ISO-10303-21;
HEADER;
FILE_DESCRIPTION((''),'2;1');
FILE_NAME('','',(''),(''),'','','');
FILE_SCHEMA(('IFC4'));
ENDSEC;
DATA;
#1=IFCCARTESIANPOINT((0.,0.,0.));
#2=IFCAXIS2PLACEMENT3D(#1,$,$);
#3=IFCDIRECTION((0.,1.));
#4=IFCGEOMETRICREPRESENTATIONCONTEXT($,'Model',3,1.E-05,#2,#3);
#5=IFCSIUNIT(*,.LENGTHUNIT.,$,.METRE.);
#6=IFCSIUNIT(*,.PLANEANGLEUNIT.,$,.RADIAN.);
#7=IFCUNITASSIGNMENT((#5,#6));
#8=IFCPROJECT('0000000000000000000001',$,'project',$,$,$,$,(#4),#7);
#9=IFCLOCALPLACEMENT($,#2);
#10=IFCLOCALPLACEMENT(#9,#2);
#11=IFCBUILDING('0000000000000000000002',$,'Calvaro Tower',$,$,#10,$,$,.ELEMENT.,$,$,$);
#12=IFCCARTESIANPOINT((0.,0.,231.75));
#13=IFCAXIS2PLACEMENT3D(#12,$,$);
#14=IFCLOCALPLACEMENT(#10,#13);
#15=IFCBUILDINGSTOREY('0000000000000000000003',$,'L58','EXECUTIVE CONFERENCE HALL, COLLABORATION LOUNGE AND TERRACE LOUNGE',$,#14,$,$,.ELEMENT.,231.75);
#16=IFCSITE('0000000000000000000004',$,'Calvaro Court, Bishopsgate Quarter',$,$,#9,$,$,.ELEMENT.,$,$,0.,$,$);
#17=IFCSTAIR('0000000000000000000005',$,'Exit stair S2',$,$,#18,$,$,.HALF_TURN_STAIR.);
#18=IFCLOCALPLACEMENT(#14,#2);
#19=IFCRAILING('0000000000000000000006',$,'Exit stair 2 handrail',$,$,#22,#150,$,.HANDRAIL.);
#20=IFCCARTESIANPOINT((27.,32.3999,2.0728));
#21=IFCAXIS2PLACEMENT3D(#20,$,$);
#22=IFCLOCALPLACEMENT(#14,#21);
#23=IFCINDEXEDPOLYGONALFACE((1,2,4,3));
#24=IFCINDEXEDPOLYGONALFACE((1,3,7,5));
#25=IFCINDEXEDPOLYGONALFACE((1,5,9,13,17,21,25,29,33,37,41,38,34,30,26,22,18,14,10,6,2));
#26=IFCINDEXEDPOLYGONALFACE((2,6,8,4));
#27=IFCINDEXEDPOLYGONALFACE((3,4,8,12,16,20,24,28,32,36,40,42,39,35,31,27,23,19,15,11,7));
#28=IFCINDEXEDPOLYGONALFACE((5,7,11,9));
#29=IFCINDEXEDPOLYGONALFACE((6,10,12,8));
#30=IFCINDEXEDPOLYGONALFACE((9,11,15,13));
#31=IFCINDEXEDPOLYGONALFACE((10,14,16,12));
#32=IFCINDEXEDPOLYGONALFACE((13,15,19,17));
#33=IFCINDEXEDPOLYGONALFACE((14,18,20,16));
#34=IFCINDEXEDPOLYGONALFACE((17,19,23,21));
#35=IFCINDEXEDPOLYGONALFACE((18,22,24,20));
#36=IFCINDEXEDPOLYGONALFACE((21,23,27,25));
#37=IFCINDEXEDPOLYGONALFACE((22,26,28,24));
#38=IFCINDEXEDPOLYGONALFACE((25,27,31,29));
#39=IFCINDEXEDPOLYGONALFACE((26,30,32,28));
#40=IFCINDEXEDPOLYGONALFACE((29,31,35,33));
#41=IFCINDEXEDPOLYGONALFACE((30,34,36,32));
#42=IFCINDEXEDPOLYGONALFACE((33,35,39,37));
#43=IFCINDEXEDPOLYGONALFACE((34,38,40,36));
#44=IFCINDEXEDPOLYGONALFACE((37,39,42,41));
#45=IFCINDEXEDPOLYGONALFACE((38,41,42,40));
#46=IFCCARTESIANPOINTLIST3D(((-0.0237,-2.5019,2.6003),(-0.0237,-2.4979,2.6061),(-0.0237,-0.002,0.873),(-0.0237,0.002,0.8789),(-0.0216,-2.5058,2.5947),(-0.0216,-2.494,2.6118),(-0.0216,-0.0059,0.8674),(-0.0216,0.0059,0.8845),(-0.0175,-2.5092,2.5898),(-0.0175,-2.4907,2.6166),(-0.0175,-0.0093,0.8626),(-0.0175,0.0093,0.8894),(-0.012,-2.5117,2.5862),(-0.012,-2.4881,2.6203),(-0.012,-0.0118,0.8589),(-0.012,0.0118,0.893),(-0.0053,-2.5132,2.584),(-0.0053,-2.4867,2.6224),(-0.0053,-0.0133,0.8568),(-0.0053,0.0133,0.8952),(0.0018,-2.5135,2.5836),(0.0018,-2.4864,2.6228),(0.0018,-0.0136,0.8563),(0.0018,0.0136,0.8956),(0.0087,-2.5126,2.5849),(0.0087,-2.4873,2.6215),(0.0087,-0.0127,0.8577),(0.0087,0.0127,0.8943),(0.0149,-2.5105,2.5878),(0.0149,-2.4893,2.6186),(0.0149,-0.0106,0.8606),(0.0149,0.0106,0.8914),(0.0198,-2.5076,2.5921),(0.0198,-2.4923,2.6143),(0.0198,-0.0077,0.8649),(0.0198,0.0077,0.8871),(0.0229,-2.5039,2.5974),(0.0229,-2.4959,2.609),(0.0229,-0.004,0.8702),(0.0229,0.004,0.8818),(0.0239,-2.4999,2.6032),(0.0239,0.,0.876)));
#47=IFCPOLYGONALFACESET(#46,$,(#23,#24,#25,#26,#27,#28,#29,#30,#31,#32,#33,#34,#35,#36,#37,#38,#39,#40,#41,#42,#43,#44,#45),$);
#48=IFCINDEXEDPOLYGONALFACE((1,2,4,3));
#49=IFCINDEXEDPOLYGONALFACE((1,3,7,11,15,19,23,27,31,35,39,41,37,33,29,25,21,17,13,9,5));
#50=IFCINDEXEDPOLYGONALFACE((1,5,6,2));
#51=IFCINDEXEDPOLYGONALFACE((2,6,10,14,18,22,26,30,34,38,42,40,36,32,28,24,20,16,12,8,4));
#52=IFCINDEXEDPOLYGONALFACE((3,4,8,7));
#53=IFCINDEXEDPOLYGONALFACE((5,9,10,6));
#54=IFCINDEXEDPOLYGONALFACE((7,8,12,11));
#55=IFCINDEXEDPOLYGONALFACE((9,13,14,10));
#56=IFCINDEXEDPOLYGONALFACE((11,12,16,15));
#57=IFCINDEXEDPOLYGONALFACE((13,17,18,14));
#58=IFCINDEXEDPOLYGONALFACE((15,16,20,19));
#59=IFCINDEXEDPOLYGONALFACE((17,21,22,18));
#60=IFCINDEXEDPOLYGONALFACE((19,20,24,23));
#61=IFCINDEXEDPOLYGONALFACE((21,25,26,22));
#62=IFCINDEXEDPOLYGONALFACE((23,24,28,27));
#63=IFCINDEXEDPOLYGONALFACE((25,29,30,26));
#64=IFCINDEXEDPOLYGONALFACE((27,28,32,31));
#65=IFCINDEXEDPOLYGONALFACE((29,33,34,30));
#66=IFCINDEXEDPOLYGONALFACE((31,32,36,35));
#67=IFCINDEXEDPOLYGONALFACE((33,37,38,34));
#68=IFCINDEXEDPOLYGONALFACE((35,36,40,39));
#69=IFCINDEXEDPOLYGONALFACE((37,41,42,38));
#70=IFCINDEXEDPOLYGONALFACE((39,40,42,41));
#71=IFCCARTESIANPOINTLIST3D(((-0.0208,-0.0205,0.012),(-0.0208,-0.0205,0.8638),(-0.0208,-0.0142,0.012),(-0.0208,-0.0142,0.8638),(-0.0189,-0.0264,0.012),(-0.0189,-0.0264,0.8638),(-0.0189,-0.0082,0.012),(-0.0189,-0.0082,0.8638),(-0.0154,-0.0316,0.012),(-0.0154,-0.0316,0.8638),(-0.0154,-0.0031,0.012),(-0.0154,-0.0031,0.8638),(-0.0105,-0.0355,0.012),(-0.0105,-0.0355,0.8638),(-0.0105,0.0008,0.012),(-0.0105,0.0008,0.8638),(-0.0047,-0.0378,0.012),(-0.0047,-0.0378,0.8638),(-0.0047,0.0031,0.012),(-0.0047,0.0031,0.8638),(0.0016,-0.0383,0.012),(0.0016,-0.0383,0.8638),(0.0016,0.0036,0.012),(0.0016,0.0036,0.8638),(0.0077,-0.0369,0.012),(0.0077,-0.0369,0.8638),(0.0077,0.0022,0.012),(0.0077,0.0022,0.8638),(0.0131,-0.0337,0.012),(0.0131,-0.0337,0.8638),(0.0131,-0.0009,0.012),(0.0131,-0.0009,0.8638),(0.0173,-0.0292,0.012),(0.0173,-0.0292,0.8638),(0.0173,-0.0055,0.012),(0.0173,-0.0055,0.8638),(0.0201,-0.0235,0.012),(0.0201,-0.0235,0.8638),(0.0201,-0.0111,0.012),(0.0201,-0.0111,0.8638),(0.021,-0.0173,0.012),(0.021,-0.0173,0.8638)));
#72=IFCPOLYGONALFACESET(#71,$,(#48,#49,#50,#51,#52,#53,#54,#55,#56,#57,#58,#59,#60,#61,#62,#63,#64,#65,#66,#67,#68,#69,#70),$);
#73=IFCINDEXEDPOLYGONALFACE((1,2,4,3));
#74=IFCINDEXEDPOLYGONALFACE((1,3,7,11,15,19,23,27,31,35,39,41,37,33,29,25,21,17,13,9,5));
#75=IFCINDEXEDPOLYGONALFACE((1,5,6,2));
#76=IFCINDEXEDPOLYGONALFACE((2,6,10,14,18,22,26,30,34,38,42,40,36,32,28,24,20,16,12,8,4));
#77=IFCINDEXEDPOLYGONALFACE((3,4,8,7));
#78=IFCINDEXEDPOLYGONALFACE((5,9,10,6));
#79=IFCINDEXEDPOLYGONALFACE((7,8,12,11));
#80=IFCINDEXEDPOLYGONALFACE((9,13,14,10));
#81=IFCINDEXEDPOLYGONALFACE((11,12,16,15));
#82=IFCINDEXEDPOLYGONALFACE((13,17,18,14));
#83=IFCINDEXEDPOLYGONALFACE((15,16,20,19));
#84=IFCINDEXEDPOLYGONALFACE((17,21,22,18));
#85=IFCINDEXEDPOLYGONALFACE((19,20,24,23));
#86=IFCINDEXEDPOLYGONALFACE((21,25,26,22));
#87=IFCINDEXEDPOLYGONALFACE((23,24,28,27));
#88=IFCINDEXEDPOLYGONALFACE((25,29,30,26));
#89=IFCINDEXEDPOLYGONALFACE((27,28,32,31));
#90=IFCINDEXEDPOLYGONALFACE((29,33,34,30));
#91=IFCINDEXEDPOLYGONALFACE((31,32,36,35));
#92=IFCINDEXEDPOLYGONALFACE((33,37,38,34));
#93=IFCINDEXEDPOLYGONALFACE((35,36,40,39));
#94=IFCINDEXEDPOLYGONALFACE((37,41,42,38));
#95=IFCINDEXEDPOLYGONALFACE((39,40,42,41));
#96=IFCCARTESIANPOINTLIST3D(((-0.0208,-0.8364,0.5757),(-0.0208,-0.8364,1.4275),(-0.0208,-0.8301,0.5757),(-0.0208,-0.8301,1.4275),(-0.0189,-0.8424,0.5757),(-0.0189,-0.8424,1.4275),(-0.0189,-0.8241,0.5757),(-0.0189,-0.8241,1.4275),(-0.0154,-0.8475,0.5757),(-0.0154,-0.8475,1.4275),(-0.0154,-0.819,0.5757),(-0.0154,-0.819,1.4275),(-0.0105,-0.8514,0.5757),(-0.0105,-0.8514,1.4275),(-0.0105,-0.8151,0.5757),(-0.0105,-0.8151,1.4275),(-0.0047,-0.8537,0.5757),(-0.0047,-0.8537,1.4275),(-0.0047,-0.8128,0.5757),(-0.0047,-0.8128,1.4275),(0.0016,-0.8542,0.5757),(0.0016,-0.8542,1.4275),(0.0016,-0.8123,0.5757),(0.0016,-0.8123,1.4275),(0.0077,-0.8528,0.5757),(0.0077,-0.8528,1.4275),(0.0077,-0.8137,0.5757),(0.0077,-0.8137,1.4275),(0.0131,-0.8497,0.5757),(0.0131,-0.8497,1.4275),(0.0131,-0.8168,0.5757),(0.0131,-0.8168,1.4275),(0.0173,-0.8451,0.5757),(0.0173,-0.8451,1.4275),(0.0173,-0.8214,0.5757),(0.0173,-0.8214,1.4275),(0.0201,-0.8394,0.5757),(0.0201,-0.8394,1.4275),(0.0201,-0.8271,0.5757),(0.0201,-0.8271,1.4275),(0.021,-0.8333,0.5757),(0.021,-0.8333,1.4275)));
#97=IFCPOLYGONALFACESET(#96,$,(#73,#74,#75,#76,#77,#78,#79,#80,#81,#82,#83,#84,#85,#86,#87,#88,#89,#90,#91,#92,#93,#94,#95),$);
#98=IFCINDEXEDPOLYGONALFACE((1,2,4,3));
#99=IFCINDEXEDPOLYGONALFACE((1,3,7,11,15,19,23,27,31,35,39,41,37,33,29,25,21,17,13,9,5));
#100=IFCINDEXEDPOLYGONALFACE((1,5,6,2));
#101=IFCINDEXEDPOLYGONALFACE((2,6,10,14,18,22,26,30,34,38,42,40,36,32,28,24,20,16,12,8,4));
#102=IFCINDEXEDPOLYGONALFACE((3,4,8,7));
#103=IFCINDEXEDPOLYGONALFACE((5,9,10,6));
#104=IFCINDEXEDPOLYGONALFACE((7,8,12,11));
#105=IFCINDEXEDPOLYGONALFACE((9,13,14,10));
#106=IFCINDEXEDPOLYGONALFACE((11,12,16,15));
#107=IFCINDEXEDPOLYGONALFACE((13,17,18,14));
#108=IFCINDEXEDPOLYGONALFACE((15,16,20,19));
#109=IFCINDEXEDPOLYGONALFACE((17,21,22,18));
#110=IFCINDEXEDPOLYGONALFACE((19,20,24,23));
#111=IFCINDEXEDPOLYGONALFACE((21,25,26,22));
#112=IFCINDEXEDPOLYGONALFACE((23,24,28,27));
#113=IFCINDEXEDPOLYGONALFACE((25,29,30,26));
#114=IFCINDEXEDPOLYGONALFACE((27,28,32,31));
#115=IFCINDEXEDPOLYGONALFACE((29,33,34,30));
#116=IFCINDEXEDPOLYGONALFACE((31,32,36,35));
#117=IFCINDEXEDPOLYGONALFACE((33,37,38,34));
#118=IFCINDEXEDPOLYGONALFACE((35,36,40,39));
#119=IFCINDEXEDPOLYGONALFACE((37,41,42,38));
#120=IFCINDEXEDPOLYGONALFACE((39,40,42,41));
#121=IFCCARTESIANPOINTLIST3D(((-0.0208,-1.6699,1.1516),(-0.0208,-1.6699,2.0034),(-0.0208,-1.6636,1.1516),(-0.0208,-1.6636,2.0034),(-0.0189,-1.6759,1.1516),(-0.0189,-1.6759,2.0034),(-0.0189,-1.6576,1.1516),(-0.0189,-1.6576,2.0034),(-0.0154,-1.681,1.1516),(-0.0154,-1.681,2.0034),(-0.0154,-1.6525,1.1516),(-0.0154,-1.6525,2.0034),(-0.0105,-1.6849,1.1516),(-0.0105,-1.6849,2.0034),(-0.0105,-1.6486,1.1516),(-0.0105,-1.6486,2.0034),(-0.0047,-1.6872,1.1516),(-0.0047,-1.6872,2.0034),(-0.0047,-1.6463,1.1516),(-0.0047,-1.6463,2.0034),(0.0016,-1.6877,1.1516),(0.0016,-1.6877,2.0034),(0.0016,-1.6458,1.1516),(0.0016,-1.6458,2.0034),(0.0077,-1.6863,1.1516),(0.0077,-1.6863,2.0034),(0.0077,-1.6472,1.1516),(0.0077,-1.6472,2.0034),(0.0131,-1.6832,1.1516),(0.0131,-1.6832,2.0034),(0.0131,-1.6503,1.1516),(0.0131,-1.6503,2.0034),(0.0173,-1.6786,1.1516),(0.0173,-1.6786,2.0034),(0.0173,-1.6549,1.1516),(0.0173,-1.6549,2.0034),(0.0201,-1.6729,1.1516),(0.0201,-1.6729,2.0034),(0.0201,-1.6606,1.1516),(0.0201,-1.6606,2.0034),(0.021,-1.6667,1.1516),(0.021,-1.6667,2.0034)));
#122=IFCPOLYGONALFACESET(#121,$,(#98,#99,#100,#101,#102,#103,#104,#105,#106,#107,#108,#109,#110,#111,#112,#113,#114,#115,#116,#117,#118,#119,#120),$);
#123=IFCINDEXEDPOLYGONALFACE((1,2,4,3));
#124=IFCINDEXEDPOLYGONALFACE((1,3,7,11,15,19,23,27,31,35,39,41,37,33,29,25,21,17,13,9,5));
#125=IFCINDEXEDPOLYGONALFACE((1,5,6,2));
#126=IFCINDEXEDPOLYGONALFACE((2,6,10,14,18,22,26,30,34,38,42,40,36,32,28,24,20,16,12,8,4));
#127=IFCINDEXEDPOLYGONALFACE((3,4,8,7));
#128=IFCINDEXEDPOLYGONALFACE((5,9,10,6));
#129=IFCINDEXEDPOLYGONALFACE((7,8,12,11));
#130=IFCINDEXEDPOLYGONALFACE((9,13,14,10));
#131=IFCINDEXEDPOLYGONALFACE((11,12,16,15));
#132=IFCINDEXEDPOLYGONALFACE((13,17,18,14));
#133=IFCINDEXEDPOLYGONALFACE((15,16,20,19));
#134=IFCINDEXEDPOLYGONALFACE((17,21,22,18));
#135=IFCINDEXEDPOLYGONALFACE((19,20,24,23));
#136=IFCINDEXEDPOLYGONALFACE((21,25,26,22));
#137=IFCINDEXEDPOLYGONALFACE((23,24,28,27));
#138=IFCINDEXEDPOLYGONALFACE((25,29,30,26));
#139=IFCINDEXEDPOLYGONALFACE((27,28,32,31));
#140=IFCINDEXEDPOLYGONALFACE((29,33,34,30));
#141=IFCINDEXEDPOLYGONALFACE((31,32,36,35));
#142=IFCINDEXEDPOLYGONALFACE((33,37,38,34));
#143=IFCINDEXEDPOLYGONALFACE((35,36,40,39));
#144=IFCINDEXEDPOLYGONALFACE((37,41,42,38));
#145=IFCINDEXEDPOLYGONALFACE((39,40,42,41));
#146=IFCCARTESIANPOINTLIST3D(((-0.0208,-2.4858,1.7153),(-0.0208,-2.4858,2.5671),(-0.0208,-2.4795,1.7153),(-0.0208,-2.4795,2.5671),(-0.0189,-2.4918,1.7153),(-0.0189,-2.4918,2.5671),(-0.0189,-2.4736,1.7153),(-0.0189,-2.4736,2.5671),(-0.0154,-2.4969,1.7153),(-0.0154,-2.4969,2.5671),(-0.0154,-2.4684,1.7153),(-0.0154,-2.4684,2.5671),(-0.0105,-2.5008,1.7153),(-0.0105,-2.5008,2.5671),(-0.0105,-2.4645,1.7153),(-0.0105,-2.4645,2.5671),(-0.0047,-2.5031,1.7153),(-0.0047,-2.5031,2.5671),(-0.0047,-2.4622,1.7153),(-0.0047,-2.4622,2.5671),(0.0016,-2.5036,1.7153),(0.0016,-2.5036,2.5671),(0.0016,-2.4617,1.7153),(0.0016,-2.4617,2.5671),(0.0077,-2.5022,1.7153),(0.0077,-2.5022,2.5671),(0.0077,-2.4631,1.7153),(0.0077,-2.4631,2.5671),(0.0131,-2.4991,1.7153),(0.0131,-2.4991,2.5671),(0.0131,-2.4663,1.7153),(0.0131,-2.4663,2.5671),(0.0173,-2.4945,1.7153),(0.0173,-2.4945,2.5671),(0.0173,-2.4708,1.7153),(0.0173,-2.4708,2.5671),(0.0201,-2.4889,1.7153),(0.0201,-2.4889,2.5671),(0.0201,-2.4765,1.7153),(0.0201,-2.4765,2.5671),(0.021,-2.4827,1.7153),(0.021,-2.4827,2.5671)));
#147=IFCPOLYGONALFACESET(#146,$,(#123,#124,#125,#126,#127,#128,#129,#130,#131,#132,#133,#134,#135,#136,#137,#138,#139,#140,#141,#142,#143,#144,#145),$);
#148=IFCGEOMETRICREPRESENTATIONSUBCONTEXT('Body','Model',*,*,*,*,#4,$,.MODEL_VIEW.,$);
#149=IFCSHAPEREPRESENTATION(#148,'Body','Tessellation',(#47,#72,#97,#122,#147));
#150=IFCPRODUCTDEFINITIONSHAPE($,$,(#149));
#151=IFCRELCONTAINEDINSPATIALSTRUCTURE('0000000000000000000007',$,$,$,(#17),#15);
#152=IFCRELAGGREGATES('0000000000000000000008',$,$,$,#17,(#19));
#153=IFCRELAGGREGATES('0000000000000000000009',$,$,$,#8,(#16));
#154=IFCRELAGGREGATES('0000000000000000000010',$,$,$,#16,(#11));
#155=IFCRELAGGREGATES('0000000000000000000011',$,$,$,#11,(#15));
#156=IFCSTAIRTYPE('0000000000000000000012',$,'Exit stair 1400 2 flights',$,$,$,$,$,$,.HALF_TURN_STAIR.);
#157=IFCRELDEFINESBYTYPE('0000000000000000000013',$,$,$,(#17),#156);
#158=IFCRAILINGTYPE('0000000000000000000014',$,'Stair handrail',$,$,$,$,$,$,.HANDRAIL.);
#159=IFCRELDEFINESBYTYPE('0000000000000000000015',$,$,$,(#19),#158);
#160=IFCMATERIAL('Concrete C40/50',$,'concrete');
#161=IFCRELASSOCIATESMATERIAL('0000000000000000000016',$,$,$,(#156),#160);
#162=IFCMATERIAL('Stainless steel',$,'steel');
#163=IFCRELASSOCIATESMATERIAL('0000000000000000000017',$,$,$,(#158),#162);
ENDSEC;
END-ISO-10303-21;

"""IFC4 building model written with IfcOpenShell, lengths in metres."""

from ifc_helpers import new_model, si_unit, direction, frame, origin, origin_2d, place, context, subcontext, project, spatial, circle, extrude, material, type_object, element, aggregate, save


model = new_model("IFC4")

# Units and contexts
model_context = context("Model", 3, precision=1e-05, world=origin(), true_north=direction((0.0, 1.0)))
body_context = subcontext(model_context, "Body", "Model", "MODEL_VIEW")
ifc_project = project(units=[si_unit("LENGTHUNIT", "METRE"), si_unit("PLANEANGLEUNIT", "RADIAN")], contexts=[model_context])

# Site, building, storey
site_placement = place(None, origin())
site = spatial("IfcSite", under=ifc_project, at=site_placement, Name="Calvaro Court, Bishopsgate Quarter", CompositionType="ELEMENT", RefElevation=0.0)
building_placement = place(site_placement, origin())
building = spatial("IfcBuilding", under=site, at=building_placement, Name="Calvaro Tower", CompositionType="ELEMENT")
storey_placement = place(building_placement, frame((0.0, 0.0, 231.75)))
storey = spatial("IfcBuildingStorey", under=building, at=storey_placement, Name="L58", Description="EXECUTIVE CONFERENCE HALL, COLLABORATION LOUNGE AND TERRACE LOUNGE", CompositionType="ELEMENT", Elevation=231.75)

# Stair, railing
ifc_material_1 = material(Name="Concrete C40/50", Category="concrete")
stair_type = type_object("IfcStairType", Name="Exit stair 1400 2 flights", PredefinedType="HALF_TURN_STAIR", material=ifc_material_1)
stair_placement = place(storey_placement, origin())
stair = element("IfcStair", 1, at=stair_placement, inside=storey, type_object=stair_type, Name="Exit stair S2", PredefinedType="HALF_TURN_STAIR")
ifc_material_2 = material(Name="Stainless steel", Category="steel")
railing_type = type_object("IfcRailingType", Name="Stair handrail", PredefinedType="HANDRAIL", material=ifc_material_2)
railing_1_placement = place(storey_placement, frame((27.0, 32.3999, 2.0728)))
railing_1 = element("IfcRailing", 2, at=railing_1_placement, type_object=railing_type, Name="Exit stair 2 handrail", PredefinedType="HANDRAIL", context=body_context, shape_type="SweptSolid", body=[
    extrude(circle(Radius=0.0239, at=origin_2d()), frame((0.0, 0.0, 0.876), z_axis=(0.0, -0.822727, 0.568437), x_axis=(1.0, 0.0, 0.0)), (0.0, 0.0, 1.0), 3.0386),
    extrude(circle(Radius=0.021, at=origin_2d()), frame((0.0, -0.0173, 0.012)), (0.0, 0.0, 1.0), 0.8518),
    extrude(circle(Radius=0.021, at=origin_2d()), frame((0.0, -0.8333, 0.5757)), (0.0, 0.0, 1.0), 0.8518),
    extrude(circle(Radius=0.021, at=origin_2d()), frame((0.0, -1.6667, 1.1516)), (0.0, 0.0, 1.0), 0.8518),
    extrude(circle(Radius=0.021, at=origin_2d()), frame((0.0, -2.4827, 1.7153)), (0.0, 0.0, 1.0), 0.8518),
])
aggregate(stair, [railing_1])

save(model, "model.ifc")
